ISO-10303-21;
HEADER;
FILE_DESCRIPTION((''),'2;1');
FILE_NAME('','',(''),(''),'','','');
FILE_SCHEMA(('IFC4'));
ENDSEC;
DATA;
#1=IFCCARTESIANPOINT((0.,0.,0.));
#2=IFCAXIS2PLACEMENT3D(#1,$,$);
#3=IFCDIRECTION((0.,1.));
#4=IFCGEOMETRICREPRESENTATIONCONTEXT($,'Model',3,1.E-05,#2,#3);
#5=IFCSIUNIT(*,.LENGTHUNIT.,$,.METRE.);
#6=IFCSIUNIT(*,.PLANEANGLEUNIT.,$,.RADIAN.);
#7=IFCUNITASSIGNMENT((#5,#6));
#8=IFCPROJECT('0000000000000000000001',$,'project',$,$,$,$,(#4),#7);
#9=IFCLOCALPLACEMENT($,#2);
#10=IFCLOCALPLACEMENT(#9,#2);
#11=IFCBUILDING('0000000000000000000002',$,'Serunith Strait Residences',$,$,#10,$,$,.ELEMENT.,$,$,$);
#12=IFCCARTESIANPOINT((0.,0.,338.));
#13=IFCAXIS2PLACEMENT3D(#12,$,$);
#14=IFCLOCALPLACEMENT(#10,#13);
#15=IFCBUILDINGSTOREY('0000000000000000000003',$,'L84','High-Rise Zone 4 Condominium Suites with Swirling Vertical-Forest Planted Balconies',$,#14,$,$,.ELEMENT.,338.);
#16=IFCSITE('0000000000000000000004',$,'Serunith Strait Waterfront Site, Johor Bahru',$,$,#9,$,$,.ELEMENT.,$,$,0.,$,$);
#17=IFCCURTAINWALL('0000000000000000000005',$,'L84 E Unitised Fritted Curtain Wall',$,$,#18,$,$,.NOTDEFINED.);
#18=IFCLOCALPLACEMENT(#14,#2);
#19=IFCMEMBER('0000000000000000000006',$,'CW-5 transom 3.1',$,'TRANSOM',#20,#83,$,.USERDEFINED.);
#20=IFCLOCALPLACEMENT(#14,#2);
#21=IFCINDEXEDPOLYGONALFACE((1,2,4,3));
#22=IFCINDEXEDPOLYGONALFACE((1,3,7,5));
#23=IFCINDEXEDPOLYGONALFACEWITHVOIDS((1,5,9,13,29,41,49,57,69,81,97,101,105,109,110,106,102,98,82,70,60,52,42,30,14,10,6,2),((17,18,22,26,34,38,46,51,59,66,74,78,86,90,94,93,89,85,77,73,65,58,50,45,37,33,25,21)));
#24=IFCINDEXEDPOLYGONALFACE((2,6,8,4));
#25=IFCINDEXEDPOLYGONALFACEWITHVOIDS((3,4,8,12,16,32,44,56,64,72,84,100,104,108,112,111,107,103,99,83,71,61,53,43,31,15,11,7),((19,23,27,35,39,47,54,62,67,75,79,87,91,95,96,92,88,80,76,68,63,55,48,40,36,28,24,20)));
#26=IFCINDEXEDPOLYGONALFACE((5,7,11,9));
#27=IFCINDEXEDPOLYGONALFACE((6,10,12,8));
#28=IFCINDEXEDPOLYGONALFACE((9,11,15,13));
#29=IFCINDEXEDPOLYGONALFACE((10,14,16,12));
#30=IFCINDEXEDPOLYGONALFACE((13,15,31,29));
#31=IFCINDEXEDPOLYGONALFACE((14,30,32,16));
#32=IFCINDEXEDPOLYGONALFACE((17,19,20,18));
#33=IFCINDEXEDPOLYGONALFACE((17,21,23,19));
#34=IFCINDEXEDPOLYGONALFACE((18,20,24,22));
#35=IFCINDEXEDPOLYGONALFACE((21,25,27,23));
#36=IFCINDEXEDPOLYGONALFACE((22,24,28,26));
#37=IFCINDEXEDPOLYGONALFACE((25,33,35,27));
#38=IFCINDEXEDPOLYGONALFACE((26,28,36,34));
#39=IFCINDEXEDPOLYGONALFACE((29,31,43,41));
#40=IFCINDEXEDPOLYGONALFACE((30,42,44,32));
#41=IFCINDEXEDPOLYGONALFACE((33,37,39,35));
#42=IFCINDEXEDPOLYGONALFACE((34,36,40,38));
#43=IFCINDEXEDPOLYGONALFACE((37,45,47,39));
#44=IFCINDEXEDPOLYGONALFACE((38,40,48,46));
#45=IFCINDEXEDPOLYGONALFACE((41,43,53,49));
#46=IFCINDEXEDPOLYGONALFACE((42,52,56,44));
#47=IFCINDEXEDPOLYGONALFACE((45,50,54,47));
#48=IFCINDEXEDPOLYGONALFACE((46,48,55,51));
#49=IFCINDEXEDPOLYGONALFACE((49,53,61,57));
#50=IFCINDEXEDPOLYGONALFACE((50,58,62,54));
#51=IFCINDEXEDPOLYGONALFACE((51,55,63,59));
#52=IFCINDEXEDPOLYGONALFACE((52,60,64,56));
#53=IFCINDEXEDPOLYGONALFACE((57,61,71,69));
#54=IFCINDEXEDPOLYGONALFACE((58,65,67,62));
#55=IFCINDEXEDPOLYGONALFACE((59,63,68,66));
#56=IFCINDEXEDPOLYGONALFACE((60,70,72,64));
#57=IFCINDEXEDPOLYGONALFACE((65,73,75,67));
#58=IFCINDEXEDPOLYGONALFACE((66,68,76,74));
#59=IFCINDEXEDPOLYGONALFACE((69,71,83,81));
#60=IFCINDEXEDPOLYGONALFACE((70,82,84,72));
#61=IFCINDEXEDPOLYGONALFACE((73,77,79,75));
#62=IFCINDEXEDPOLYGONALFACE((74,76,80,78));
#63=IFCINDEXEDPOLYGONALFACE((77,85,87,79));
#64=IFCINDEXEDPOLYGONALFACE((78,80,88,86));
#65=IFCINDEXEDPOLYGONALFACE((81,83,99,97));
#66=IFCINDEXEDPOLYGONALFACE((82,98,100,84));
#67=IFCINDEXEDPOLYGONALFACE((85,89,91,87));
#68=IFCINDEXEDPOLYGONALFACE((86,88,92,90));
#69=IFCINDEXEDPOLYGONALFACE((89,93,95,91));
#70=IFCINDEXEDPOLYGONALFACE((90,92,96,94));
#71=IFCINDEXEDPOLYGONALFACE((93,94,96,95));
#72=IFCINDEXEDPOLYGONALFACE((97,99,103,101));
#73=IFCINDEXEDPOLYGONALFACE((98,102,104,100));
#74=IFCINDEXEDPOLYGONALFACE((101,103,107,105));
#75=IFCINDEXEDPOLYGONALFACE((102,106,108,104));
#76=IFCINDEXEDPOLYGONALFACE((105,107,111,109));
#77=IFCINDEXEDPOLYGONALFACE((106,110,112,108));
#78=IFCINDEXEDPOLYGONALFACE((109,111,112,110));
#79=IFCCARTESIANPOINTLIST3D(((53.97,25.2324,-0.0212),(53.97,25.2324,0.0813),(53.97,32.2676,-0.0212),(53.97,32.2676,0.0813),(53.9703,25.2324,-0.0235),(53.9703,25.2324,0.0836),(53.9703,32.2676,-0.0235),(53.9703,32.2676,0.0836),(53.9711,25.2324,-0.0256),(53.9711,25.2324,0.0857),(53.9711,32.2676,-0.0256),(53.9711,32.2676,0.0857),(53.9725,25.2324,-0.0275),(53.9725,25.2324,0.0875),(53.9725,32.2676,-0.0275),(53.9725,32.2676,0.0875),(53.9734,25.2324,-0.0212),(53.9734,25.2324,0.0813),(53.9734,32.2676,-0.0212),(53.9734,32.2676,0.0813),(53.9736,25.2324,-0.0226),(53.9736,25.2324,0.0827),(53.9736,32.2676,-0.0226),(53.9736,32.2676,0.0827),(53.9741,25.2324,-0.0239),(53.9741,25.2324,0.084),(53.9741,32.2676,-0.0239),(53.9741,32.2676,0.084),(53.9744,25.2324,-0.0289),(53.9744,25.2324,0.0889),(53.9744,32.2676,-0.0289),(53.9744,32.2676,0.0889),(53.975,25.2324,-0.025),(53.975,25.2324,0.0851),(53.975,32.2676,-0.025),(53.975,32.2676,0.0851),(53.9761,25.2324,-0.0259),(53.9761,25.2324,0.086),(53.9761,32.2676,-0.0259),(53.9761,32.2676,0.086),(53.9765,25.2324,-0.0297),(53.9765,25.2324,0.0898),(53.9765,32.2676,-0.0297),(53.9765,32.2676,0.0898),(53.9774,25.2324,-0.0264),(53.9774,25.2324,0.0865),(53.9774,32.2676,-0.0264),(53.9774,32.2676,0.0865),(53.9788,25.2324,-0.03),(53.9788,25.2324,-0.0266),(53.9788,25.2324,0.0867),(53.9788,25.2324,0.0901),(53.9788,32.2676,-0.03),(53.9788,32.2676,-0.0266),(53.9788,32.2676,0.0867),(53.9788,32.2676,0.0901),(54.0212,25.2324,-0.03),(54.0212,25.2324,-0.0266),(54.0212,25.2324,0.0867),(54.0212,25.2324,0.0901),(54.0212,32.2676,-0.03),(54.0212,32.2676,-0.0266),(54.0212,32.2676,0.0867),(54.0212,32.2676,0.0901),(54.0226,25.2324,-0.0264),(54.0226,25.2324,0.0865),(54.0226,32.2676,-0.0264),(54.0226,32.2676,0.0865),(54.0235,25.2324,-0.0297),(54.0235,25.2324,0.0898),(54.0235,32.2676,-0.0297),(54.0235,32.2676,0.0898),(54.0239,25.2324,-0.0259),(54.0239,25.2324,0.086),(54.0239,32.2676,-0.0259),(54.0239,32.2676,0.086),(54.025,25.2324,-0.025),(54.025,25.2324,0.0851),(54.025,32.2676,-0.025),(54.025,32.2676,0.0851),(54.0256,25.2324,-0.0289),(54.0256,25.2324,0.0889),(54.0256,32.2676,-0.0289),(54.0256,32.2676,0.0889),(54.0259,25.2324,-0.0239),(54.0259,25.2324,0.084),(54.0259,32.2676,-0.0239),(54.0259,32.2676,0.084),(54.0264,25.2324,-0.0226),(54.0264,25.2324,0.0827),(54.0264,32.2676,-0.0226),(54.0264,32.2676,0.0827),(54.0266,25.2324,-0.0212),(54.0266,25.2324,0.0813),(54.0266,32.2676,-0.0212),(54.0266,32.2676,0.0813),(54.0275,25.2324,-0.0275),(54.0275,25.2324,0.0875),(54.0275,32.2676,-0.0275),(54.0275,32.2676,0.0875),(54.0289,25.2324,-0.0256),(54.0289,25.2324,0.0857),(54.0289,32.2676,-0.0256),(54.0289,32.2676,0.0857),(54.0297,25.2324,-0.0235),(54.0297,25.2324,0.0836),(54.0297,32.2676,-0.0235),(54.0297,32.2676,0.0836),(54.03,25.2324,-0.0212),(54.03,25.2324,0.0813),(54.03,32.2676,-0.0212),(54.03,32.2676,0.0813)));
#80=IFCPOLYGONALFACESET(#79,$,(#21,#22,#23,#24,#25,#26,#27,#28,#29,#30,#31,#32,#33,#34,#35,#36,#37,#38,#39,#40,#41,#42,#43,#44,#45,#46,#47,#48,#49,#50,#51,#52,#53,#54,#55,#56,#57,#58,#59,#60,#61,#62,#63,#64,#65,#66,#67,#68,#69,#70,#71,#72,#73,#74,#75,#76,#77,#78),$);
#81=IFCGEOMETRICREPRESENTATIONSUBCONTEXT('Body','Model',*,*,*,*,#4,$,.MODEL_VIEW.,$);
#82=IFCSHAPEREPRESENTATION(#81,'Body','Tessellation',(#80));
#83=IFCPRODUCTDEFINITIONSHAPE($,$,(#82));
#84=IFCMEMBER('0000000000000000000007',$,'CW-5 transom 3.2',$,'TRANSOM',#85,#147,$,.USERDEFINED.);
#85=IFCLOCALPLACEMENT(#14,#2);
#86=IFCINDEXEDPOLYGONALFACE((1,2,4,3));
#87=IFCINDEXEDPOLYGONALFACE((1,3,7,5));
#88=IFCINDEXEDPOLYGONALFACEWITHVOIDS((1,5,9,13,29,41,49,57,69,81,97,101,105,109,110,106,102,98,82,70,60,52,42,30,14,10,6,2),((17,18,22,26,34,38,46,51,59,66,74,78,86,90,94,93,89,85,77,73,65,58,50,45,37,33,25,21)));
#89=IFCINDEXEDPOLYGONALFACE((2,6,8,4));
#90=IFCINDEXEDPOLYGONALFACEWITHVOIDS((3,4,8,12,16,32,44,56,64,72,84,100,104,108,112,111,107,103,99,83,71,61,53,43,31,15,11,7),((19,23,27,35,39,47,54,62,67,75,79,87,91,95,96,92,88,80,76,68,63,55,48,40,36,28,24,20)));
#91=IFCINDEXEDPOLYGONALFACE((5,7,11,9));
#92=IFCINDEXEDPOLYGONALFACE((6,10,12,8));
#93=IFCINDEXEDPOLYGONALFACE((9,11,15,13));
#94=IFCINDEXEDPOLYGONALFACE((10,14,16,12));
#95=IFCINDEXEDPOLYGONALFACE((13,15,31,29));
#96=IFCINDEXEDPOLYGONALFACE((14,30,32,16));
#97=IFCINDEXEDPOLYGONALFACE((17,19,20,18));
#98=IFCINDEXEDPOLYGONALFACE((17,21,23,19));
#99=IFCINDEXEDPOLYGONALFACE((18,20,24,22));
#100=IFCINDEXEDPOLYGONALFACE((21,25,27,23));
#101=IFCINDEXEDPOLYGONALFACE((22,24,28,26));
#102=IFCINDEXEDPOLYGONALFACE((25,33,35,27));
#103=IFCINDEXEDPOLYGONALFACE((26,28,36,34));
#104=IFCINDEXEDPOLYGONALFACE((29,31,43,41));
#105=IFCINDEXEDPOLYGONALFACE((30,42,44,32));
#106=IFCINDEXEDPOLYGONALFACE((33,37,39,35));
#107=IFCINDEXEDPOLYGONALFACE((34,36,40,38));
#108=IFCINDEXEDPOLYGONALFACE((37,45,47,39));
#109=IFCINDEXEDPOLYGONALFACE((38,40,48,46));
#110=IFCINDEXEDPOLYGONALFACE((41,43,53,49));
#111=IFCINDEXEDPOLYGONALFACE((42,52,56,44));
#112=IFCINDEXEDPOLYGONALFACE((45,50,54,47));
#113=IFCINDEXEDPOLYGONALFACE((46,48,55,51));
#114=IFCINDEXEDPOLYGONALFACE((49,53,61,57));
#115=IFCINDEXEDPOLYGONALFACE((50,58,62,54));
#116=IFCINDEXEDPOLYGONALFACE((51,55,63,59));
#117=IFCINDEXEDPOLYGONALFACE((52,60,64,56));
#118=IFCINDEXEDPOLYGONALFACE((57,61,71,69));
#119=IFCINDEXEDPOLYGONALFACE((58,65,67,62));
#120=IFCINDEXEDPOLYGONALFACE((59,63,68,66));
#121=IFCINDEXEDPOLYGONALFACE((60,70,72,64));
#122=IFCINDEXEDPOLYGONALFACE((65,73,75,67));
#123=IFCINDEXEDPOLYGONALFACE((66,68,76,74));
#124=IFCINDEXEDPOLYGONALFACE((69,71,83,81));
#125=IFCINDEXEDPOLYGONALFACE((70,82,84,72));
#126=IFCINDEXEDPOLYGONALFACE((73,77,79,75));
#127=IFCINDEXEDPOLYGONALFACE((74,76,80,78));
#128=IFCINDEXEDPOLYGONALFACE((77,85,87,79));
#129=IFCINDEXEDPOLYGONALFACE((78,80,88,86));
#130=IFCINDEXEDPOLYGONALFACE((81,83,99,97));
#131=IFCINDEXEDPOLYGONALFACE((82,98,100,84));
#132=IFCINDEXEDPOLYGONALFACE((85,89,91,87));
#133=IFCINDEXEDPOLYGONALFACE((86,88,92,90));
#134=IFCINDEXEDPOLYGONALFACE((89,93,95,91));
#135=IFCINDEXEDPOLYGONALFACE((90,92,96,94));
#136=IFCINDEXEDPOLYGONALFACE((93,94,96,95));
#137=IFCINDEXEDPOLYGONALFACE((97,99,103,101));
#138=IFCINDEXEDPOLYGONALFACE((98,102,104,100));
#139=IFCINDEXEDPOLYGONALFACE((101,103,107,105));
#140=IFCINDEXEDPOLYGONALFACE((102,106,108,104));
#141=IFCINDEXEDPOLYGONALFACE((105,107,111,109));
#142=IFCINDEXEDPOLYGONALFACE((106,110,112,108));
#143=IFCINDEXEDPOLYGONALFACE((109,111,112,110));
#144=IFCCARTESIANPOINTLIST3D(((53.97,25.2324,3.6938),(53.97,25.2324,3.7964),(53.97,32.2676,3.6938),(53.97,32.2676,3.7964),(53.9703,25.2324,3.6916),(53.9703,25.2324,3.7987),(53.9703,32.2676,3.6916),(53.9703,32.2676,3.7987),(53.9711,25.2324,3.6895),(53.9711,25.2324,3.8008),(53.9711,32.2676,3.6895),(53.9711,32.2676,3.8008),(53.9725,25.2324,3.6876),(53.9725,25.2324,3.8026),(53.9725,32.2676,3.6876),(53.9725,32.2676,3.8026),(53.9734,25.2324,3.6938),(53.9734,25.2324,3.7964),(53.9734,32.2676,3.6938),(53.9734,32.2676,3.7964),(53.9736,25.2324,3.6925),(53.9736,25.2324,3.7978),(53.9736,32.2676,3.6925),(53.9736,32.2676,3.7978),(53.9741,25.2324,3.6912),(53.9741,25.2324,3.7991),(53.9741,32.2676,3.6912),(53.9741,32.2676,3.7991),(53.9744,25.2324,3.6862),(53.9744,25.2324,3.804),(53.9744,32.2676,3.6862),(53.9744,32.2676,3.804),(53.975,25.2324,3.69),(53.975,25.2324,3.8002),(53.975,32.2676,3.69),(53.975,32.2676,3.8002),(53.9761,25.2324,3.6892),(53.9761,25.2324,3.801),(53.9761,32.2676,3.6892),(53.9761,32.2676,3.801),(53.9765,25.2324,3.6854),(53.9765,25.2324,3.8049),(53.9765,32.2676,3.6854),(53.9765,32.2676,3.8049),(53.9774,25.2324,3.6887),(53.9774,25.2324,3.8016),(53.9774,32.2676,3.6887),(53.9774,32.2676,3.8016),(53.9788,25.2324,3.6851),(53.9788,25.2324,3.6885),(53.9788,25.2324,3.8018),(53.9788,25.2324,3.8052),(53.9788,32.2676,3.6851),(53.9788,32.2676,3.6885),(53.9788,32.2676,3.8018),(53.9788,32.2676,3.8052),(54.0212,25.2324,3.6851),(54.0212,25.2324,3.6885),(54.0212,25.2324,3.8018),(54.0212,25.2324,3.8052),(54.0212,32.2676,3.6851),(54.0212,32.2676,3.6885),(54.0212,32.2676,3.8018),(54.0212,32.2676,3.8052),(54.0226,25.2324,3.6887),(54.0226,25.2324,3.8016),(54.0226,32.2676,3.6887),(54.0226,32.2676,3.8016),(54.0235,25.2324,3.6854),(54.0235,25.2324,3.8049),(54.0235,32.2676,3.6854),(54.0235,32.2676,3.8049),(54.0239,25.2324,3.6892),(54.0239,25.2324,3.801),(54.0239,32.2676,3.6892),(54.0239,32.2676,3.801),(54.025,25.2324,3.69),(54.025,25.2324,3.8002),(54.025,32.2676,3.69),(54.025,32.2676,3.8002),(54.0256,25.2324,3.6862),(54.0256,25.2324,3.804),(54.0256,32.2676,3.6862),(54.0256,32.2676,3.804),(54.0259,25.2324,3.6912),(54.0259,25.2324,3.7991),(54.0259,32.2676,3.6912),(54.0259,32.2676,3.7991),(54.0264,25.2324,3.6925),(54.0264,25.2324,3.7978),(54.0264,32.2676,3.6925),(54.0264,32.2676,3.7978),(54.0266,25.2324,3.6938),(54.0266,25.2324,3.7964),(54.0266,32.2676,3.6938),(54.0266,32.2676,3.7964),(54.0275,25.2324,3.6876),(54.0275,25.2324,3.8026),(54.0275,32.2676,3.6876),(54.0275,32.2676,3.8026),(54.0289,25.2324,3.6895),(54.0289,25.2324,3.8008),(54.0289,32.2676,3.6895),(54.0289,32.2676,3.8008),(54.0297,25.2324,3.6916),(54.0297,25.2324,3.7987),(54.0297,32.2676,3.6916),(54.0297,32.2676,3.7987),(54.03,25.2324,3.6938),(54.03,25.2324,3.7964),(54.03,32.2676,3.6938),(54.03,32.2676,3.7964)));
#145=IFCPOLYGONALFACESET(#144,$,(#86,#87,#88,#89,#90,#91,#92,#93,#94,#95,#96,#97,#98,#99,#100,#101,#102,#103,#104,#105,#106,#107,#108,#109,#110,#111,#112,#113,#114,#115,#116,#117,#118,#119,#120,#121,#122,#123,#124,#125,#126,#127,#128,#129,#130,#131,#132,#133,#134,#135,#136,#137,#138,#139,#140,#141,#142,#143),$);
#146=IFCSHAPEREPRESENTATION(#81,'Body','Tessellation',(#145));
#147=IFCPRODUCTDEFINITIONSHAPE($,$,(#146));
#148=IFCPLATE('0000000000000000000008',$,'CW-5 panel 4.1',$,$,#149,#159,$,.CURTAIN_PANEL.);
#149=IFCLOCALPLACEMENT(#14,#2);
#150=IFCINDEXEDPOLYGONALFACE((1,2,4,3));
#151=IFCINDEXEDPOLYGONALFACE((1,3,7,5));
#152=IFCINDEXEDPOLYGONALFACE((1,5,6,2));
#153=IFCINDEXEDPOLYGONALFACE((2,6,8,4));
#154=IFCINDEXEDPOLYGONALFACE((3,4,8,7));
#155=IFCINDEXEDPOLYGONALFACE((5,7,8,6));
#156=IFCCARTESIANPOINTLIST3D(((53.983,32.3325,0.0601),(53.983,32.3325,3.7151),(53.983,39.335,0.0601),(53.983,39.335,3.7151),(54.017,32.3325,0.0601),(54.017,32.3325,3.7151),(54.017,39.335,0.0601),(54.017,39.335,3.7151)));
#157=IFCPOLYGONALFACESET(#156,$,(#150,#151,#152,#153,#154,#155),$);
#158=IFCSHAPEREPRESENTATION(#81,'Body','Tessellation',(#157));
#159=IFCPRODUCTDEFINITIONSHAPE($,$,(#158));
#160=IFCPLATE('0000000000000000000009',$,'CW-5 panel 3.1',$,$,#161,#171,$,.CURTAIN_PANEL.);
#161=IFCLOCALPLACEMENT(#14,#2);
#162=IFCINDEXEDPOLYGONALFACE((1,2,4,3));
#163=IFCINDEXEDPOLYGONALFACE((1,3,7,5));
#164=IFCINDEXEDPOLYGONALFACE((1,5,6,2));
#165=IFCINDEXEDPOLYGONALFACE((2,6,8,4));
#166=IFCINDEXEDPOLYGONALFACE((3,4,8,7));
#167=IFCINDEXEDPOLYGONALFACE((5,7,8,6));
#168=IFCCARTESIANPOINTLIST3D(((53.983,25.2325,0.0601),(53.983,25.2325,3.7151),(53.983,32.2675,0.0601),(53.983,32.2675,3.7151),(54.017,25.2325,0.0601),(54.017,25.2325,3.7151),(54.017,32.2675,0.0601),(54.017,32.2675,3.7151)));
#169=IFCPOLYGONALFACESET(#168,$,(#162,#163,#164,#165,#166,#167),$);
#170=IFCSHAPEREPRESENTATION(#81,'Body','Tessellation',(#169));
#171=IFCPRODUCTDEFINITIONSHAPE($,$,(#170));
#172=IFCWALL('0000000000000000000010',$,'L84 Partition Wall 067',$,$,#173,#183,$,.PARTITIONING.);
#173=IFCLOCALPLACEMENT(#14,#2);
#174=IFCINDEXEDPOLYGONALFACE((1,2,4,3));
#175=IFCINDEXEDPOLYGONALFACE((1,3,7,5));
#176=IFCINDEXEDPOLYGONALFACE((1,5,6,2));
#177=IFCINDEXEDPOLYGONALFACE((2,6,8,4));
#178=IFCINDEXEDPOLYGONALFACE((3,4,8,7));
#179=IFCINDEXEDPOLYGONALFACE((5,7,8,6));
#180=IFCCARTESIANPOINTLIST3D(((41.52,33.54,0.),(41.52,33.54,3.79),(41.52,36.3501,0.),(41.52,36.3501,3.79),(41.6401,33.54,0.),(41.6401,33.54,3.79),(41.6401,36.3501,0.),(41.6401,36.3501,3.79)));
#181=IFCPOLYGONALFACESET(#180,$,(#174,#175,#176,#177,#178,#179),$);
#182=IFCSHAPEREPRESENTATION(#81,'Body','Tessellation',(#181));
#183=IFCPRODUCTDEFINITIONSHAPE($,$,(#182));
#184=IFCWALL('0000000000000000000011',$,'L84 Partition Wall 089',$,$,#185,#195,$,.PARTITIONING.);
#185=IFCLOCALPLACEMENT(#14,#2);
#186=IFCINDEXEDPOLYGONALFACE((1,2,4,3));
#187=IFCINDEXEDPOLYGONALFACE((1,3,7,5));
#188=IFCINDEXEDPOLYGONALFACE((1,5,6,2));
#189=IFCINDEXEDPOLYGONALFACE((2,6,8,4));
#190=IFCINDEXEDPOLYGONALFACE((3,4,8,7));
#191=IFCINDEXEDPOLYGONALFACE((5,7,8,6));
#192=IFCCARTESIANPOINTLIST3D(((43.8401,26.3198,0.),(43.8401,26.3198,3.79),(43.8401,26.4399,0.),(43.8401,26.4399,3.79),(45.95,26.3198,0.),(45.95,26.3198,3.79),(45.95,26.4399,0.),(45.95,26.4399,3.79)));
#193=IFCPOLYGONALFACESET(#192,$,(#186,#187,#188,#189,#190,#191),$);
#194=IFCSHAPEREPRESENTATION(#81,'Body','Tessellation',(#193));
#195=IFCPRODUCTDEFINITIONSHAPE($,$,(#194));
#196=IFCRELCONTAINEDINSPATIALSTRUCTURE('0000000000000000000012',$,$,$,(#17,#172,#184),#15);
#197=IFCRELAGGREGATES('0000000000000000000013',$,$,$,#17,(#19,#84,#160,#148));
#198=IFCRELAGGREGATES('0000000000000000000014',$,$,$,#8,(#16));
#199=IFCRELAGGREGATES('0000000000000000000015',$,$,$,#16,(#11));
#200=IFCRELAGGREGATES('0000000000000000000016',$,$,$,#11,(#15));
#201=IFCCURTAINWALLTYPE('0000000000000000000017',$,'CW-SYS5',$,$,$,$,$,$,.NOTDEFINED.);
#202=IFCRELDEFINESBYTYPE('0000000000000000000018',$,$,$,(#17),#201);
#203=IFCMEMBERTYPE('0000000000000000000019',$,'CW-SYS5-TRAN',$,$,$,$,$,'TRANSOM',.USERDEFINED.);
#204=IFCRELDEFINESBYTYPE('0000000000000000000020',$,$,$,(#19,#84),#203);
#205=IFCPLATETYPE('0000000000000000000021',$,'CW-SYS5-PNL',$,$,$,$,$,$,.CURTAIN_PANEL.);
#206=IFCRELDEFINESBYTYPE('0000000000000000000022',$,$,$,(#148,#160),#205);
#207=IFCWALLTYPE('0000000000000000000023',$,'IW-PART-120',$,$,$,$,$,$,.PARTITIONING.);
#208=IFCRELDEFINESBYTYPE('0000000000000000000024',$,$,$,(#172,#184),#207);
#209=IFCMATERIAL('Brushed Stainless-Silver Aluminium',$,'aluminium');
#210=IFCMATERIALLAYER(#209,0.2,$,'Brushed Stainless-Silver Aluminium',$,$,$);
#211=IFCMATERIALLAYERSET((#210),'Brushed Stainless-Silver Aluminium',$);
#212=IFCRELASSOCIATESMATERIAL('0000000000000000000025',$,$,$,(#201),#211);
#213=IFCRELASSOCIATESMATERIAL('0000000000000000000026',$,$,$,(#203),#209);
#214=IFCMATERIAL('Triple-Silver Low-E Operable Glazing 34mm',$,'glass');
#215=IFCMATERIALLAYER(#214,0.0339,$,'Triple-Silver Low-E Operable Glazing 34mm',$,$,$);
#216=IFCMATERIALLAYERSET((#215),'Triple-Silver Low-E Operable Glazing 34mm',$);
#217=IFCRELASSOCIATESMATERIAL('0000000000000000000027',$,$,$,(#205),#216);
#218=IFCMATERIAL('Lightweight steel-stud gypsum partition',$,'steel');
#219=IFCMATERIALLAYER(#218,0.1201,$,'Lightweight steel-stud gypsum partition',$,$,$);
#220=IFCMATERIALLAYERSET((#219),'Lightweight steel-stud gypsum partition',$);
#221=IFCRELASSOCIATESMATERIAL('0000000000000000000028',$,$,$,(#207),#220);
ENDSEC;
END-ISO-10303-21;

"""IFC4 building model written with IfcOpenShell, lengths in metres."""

from ifc_helpers import new_model, si_unit, direction, frame, frame_2d, origin, origin_2d, place, context, subcontext, project, spatial, rectangle, hollow_rectangle, extrude, source, transform, mapped, material, layer, layer_set, material_profile, profile_set, type_object, element, aggregate, save


model = new_model("IFC4")

# Units and contexts
model_context = context("Model", 3, precision=1e-05, world=origin(), true_north=direction((0.0, 1.0)))
body_context = subcontext(model_context, "Body", "Model", "MODEL_VIEW")
ifc_project = project(units=[si_unit("LENGTHUNIT", "METRE"), si_unit("PLANEANGLEUNIT", "RADIAN")], contexts=[model_context])

# Site, building, storey
site_placement = place(None, origin())
site = spatial("IfcSite", under=ifc_project, at=site_placement, Name="Serunith Strait Waterfront Site, Johor Bahru", CompositionType="ELEMENT", RefElevation=0.0)
building_placement = place(site_placement, origin())
building = spatial("IfcBuilding", under=site, at=building_placement, Name="Serunith Strait Residences", CompositionType="ELEMENT")
storey_placement = place(building_placement, frame((0.0, 0.0, 338.0)))
storey = spatial("IfcBuildingStorey", under=building, at=storey_placement, Name="L84", Description="High-Rise Zone 4 Condominium Suites with Swirling Vertical-Forest Planted Balconies", CompositionType="ELEMENT", Elevation=338.0)

# Curtain wall, members, plates
ifc_material_1 = material(Name="Brushed Stainless-Silver Aluminium", Category="aluminium")
ifc_layer_1 = layer(ifc_material_1, 0.2, Name="Brushed Stainless-Silver Aluminium")
ifc_layer_set_1 = layer_set([ifc_layer_1], Name="Brushed Stainless-Silver Aluminium")
curtain_wall_type = type_object("IfcCurtainWallType", Name="CW-SYS5", PredefinedType="NOTDEFINED", material=ifc_layer_set_1)
curtain_wall_placement = place(storey_placement, origin())
curtain_wall = element("IfcCurtainWall", 1, at=curtain_wall_placement, inside=storey, type_object=curtain_wall_type, Name="L84 E Unitised Fritted Curtain Wall", PredefinedType="NOTDEFINED")
ifc_material_profile_1 = material_profile(ifc_material_1, hollow_rectangle(XDim=0.0601, YDim=0.1201, WallThickness=0.0034, InnerFilletRadius=0.0054, OuterFilletRadius=0.0088, at=origin_2d()), Name="ALU 120x60x3.5")
ifc_profile_set_1 = profile_set([ifc_material_profile_1], Name="Brushed Stainless-Silver Aluminium")
member_type_1 = type_object("IfcMemberType", Name="CW-SYS5-TRAN", ElementType="TRANSOM", PredefinedType="USERDEFINED", material=ifc_profile_set_1)
shared_shape_1 = source(origin(), body_context, "Body", "SweptSolid", [
    extrude(hollow_rectangle(XDim=0.0601, YDim=0.1201, WallThickness=0.0034, InnerFilletRadius=0.0054, OuterFilletRadius=0.0088, at=origin_2d()), origin(), (0.0, 0.0, 1.0), 7.0352),
])
member_1_placement = place(storey_placement, frame((54.0, 25.2324, 0.03), z_axis=(0.0, 1.0, 0.0), x_axis=(-1.0, 0.0, 0.0)))
member_1 = element("IfcMember", 2, at=member_1_placement, type_object=member_type_1, Name="CW-5 transom 3.1", ObjectType="TRANSOM", PredefinedType="USERDEFINED", context=body_context, shape_type="MappedRepresentation", body=[
    mapped(shared_shape_1, transform((0.0, 0.0, 0.0), scale=1.0)),
])
member_2_placement = place(storey_placement, frame((54.0, 25.2324, 3.7451), z_axis=(0.0, 1.0, 0.0), x_axis=(-1.0, 0.0, 0.0)))
member_2 = element("IfcMember", 3, at=member_2_placement, type_object=member_type_1, Name="CW-5 transom 3.2", ObjectType="TRANSOM", PredefinedType="USERDEFINED", context=body_context, shape_type="MappedRepresentation", body=[
    mapped(shared_shape_1, transform((0.0, 0.0, 0.0), scale=1.0)),
])
ifc_material_2 = material(Name="Triple-Silver Low-E Operable Glazing 34mm", Category="glass")
ifc_layer_2 = layer(ifc_material_2, 0.0339, Name="Triple-Silver Low-E Operable Glazing 34mm")
ifc_layer_set_2 = layer_set([ifc_layer_2], Name="Triple-Silver Low-E Operable Glazing 34mm")
plate_type = type_object("IfcPlateType", Name="CW-SYS5-PNL", PredefinedType="CURTAIN_PANEL", material=ifc_layer_set_2)
shared_shape_2 = source(origin(), body_context, "Body", "SweptSolid", [
    extrude(rectangle(XDim=7.0024, YDim=0.0339, at=origin_2d()), origin(), (0.0, 0.0, 1.0), 3.655),
])
plate_1_placement = place(storey_placement, frame((54.0, 35.8337, 0.0601), z_axis=(0.0, 0.0, 1.0), x_axis=(0.0, 1.0, 0.0)))
plate_1 = element("IfcPlate", 4, at=plate_1_placement, type_object=plate_type, Name="CW-5 panel 4.1", PredefinedType="CURTAIN_PANEL", context=body_context, shape_type="MappedRepresentation", body=[
    mapped(shared_shape_2, transform((0.0, 0.0, 0.0), scale=1.0)),
])
shared_shape_3 = source(origin(), body_context, "Body", "SweptSolid", [
    extrude(rectangle(XDim=7.0349, YDim=0.0339, at=origin_2d()), origin(), (0.0, 0.0, 1.0), 3.655),
])
plate_2_placement = place(storey_placement, frame((54.0, 28.75, 0.0601), z_axis=(0.0, 0.0, 1.0), x_axis=(0.0, 1.0, 0.0)))
plate_2 = element("IfcPlate", 5, at=plate_2_placement, type_object=plate_type, Name="CW-5 panel 3.1", PredefinedType="CURTAIN_PANEL", context=body_context, shape_type="MappedRepresentation", body=[
    mapped(shared_shape_3, transform((0.0, 0.0, 0.0), scale=1.0)),
])
aggregate(curtain_wall, [member_1, member_2, plate_2, plate_1])

# Walls
ifc_material_3 = material(Name="Lightweight steel-stud gypsum partition", Category="steel")
ifc_layer_3 = layer(ifc_material_3, 0.1201, Name="Lightweight steel-stud gypsum partition")
ifc_layer_set_3 = layer_set([ifc_layer_3], Name="Lightweight steel-stud gypsum partition")
wall_type_1 = type_object("IfcWallType", Name="IW-PART-120", PredefinedType="PARTITIONING", material=ifc_layer_set_3)
wall_1_placement = place(storey_placement, frame((41.5801, 36.3501, 0.0), z_axis=(0.0, 0.0, 1.0), x_axis=(0.0, -1.0, 0.0)))
element("IfcWall", 6, at=wall_1_placement, inside=storey, type_object=wall_type_1, Name="L84 Partition Wall 067", PredefinedType="PARTITIONING", context=body_context, shape_type="SweptSolid", body=[
    extrude(rectangle(XDim=2.8101, YDim=0.1201, at=frame_2d((1.405, 0.0))), origin(), (0.0, 0.0, 1.0), 3.79),
])
wall_2_placement = place(storey_placement, frame((45.95, 26.3799, 0.0), z_axis=(0.0, 0.0, 1.0), x_axis=(-1.0, 0.0, 0.0)))
element("IfcWall", 7, at=wall_2_placement, inside=storey, type_object=wall_type_1, Name="L84 Partition Wall 089", PredefinedType="PARTITIONING", context=body_context, shape_type="SweptSolid", body=[
    extrude(rectangle(XDim=2.1099, YDim=0.1201, at=frame_2d((1.0549, 0.0))), origin(), (0.0, 0.0, 1.0), 3.79),
])

save(model, "model.ifc")
